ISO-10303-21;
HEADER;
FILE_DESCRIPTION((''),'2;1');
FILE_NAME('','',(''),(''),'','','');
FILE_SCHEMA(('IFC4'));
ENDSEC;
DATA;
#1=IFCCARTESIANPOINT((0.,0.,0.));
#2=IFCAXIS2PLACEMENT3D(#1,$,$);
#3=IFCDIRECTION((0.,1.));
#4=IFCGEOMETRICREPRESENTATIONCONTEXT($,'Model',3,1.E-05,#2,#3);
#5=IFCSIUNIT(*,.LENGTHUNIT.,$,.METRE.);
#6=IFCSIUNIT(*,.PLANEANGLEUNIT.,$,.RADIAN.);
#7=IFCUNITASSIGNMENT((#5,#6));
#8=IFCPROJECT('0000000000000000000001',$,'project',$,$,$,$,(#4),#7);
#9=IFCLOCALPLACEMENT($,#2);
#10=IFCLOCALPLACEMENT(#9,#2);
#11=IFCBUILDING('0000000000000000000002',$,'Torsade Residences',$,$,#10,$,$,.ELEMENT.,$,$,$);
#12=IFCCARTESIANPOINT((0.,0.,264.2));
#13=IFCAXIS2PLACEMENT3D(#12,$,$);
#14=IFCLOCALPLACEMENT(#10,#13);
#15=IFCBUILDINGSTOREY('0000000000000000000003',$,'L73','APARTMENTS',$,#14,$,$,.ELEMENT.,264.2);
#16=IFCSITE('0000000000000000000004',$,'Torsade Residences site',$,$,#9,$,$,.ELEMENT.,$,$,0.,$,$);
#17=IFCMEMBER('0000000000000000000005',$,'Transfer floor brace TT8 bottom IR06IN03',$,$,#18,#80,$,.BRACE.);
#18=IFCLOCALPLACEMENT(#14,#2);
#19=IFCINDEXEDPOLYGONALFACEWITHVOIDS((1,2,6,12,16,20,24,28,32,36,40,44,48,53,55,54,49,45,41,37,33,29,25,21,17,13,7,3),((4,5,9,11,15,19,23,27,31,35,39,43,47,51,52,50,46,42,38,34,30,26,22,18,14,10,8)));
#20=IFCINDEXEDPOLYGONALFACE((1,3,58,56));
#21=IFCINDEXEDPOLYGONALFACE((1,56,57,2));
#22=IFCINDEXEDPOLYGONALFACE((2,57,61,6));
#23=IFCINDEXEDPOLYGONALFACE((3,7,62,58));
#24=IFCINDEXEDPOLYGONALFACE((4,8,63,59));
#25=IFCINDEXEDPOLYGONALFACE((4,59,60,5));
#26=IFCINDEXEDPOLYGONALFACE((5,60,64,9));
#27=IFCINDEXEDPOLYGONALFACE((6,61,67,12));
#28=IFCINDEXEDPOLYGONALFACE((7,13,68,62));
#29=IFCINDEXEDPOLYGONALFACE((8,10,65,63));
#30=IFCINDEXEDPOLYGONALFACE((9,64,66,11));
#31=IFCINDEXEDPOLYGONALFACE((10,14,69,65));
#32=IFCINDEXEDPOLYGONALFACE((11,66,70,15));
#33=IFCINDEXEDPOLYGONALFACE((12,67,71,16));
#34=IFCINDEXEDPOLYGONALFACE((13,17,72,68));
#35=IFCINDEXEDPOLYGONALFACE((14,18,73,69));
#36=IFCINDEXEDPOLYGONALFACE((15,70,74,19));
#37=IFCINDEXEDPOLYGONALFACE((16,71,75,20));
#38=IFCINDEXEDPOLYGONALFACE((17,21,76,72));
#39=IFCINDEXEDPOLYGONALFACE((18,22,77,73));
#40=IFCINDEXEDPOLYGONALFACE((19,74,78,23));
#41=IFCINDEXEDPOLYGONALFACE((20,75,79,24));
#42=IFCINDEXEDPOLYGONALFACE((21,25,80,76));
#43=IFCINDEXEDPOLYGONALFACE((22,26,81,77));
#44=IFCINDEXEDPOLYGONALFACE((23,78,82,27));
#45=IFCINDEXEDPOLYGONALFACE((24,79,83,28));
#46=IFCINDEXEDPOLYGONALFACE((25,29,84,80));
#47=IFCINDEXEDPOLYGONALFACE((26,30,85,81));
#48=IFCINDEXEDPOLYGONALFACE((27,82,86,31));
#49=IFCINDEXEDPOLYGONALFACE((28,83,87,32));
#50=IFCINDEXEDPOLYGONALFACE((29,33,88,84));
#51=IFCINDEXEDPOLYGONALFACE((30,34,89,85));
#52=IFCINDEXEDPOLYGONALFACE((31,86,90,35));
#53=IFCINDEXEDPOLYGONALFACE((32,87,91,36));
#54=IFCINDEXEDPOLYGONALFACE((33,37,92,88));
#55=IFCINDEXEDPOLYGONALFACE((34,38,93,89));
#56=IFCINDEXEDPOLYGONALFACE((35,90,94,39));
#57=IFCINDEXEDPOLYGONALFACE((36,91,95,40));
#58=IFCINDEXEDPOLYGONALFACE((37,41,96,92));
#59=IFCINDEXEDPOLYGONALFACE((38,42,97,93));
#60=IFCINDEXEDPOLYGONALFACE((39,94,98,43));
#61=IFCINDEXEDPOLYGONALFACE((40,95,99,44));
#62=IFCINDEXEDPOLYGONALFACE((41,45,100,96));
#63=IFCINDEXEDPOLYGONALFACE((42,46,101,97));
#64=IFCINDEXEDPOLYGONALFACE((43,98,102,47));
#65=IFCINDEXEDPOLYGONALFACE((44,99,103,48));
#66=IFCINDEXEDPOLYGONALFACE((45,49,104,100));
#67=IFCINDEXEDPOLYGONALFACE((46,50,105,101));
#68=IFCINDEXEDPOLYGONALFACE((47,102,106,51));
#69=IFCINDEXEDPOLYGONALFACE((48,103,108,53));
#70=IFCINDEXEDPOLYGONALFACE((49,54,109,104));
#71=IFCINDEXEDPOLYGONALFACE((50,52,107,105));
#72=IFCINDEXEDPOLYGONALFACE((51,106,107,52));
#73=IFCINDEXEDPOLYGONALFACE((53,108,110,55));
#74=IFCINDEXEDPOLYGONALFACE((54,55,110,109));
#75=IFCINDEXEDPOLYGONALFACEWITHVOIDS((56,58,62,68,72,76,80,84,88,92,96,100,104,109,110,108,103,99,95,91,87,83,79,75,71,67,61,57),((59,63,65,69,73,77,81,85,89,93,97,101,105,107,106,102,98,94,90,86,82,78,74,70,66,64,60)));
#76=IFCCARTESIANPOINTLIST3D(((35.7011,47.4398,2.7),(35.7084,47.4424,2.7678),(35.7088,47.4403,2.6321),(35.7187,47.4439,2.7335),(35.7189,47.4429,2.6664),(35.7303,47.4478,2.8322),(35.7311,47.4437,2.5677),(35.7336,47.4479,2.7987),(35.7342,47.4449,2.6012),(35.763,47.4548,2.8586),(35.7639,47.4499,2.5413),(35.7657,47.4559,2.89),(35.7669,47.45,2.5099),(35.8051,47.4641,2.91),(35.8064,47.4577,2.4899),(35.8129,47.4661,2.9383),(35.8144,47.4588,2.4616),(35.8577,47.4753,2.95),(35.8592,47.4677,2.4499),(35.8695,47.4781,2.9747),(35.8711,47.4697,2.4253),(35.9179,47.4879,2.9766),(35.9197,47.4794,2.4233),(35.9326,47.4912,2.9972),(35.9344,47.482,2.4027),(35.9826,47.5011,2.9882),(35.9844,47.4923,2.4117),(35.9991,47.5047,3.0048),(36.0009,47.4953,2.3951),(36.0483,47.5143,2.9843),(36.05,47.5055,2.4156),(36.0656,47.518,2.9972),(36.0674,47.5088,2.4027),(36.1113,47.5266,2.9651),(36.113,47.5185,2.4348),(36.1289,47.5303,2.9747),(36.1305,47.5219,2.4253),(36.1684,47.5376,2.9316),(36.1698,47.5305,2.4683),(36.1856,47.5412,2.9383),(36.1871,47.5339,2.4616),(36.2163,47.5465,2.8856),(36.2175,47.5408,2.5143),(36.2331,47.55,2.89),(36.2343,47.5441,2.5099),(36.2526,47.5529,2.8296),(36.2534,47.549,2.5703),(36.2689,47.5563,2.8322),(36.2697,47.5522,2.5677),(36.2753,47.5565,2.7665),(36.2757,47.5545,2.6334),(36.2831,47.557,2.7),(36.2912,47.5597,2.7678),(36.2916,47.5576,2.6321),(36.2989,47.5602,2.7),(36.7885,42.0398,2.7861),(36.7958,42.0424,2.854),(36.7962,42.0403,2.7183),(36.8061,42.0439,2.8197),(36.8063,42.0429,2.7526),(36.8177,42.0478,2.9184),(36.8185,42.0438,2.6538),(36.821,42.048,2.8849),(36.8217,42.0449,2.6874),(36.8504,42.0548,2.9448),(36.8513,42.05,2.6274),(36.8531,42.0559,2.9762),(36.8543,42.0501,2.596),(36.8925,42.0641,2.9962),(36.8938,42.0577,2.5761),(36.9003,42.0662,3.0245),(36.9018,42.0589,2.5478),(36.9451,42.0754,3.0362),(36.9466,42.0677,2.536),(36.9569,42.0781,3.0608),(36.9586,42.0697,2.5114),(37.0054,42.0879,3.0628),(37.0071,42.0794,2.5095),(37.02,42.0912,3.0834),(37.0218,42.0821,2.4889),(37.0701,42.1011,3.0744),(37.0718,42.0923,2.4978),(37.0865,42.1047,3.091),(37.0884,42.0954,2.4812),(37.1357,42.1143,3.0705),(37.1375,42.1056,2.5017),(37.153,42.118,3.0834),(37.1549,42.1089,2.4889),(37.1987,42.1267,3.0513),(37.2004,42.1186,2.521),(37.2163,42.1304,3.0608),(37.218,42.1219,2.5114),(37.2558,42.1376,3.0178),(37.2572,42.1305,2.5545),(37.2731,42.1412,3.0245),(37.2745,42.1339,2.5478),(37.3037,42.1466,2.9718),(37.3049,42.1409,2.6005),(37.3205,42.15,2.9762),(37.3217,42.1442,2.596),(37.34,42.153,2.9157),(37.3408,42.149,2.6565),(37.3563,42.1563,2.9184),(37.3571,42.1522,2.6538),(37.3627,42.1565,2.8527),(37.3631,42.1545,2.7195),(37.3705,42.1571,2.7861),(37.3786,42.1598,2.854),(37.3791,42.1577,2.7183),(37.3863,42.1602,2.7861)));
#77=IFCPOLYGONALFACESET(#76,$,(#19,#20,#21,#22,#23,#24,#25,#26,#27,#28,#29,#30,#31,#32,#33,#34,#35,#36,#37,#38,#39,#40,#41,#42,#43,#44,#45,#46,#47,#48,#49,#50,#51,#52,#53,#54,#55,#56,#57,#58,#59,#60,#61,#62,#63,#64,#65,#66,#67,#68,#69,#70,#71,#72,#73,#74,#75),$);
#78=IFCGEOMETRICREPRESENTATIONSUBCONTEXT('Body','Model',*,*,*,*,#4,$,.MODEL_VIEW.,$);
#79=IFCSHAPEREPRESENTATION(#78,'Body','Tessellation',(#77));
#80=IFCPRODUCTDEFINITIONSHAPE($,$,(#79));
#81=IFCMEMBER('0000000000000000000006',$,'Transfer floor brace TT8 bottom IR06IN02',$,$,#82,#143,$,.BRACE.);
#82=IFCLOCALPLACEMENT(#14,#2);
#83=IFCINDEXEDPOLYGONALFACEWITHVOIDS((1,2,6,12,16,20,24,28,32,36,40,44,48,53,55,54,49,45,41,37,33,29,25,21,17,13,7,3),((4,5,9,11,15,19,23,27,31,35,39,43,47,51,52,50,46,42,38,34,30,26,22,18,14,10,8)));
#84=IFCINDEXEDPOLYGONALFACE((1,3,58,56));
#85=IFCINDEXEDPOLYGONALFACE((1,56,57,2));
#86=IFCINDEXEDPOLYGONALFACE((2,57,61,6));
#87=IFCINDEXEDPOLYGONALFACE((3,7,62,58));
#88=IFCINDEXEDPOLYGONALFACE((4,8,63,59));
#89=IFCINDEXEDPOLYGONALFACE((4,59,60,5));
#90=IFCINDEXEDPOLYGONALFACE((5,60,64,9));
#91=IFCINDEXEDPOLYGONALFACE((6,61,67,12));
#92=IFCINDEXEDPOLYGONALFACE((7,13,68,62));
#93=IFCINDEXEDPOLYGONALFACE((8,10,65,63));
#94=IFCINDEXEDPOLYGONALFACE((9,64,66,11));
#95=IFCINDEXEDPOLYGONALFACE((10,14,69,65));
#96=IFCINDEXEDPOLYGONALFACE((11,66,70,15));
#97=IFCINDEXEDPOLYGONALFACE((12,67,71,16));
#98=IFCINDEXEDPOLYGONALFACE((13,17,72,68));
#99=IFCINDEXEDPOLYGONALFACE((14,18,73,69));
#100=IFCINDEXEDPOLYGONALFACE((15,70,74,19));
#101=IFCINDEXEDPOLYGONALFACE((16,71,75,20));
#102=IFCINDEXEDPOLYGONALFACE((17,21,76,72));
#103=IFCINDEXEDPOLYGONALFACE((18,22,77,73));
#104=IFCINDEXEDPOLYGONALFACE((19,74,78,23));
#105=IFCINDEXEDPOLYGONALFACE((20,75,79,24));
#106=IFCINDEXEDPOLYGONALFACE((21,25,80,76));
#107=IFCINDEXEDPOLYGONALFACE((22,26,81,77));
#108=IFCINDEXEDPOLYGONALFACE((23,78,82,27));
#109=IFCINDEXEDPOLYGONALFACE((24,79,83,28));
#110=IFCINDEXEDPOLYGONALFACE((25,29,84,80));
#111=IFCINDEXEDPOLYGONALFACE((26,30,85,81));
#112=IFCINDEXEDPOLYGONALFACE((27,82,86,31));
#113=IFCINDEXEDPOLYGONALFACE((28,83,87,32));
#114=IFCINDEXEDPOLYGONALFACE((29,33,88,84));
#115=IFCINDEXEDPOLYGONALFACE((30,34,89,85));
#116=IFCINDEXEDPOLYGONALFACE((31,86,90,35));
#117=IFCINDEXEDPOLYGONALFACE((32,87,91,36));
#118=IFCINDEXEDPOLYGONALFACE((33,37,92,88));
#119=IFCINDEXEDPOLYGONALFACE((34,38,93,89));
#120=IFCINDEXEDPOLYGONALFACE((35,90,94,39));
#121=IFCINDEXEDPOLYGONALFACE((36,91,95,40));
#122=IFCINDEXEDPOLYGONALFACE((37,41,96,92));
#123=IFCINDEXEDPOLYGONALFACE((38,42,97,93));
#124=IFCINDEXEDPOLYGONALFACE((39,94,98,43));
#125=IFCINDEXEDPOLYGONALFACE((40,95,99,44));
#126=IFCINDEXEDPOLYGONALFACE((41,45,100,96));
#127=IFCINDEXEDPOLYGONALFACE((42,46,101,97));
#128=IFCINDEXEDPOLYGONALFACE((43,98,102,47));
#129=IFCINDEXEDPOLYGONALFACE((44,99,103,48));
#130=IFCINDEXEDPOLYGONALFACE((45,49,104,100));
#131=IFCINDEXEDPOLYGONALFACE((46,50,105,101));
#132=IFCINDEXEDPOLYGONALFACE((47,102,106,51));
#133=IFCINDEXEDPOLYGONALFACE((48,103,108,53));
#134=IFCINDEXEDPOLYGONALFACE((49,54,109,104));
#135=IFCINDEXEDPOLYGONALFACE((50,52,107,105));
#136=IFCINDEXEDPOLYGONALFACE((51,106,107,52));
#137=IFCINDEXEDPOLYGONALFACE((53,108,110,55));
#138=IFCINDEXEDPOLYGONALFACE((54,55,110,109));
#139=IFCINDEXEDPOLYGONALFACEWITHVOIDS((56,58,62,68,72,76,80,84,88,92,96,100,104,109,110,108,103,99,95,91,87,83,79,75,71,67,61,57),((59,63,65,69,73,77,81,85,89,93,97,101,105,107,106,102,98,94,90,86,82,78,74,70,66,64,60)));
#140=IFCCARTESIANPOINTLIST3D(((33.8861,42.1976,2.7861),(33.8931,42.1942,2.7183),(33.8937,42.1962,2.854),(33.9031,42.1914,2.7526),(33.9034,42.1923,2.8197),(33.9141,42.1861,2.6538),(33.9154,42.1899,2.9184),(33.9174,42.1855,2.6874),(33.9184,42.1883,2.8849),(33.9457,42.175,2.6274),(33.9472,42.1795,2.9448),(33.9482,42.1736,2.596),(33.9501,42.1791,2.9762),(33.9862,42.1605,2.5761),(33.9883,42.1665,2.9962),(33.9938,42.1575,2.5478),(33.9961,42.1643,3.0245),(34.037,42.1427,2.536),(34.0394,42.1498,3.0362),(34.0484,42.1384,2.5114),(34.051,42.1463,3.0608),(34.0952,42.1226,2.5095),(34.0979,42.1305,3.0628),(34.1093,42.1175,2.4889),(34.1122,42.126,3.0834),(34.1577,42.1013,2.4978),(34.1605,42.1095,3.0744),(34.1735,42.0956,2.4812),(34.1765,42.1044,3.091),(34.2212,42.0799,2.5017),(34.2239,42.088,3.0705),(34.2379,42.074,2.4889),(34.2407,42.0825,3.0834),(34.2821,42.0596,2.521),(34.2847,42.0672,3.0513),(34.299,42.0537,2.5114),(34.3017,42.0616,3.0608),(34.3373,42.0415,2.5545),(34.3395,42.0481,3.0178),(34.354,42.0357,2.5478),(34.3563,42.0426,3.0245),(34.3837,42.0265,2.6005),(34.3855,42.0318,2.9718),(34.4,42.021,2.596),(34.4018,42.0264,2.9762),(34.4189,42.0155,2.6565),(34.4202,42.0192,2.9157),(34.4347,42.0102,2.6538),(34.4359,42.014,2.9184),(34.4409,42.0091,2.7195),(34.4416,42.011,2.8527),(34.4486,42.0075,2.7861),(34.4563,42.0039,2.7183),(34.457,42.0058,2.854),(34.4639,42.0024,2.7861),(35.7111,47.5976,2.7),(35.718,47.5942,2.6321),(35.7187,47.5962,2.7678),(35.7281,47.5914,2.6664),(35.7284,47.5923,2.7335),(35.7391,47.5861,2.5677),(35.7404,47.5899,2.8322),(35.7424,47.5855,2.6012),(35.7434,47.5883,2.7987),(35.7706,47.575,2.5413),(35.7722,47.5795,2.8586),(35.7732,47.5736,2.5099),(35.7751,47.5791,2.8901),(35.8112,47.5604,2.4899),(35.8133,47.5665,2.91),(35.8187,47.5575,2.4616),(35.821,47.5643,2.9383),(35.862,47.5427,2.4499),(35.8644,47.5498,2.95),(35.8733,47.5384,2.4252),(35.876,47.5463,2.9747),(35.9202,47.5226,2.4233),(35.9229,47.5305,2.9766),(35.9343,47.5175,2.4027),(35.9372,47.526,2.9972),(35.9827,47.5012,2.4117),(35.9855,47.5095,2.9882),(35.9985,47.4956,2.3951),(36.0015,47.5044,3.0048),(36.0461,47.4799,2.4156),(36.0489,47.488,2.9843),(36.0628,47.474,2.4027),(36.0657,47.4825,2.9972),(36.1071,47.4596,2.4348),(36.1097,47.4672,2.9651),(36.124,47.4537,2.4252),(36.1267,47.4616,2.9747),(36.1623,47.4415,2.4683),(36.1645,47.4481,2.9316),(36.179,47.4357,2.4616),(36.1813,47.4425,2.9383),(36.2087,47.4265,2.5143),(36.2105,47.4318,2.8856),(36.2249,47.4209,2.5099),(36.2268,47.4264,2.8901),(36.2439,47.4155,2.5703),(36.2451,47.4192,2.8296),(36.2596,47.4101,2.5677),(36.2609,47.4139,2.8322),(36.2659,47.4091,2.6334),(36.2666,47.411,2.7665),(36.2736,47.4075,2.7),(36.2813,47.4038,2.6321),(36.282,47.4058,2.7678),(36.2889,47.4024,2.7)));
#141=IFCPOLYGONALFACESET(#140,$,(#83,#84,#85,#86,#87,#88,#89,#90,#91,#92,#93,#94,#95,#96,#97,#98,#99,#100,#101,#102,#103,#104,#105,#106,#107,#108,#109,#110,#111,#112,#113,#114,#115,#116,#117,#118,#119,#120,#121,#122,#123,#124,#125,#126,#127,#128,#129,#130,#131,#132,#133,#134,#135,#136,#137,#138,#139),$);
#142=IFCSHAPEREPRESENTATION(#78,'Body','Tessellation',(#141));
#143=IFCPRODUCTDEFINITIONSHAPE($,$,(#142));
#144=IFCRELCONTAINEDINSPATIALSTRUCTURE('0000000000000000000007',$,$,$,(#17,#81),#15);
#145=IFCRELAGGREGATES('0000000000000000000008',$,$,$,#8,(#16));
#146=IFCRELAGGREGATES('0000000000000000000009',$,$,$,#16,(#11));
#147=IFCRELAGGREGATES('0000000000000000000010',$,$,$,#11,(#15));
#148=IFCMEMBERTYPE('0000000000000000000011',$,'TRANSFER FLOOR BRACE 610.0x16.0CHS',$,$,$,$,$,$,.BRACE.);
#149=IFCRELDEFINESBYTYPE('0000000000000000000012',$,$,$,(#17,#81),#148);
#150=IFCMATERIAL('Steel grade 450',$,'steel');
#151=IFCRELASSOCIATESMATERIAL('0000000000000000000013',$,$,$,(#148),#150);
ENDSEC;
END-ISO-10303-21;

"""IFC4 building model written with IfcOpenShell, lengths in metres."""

from ifc_helpers import new_model, si_unit, direction, frame, origin, origin_2d, place, context, subcontext, project, spatial, hollow_circle, extrude, material, material_profile, profile_set, type_object, element, save


model = new_model("IFC4")

# Units and contexts
model_context = context("Model", 3, precision=1e-05, world=origin(), true_north=direction((0.0, 1.0)))
body_context = subcontext(model_context, "Body", "Model", "MODEL_VIEW")
ifc_project = project(units=[si_unit("LENGTHUNIT", "METRE"), si_unit("PLANEANGLEUNIT", "RADIAN")], contexts=[model_context])

# Site, building, storey
site_placement = place(None, origin())
site = spatial("IfcSite", under=ifc_project, at=site_placement, Name="Torsade Residences site", CompositionType="ELEMENT", RefElevation=0.0)
building_placement = place(site_placement, origin())
building = spatial("IfcBuilding", under=site, at=building_placement, Name="Torsade Residences", CompositionType="ELEMENT")
storey_placement = place(building_placement, frame((0.0, 0.0, 264.2)))
storey = spatial("IfcBuildingStorey", under=building, at=storey_placement, Name="L73", Description="APARTMENTS", CompositionType="ELEMENT", Elevation=264.2)

# Members
ifc_material_1 = material(Name="Steel grade 450", Category="steel")
ifc_material_profile_1 = material_profile(ifc_material_1, hollow_circle(Radius=0.3049, WallThickness=0.0161, at=origin_2d()), Name="610.0x16.0CHS")
ifc_profile_set_1 = profile_set([ifc_material_profile_1], Name="Steel grade 450")
member_type_1 = type_object("IfcMemberType", Name="TRANSFER FLOOR BRACE 610.0x16.0CHS", PredefinedType="BRACE", material=ifc_profile_set_1)
member_1_placement = place(storey_placement, frame((36.0, 47.5, 2.7), z_axis=(0.197387, -0.980201, 0.015644), x_axis=(0.980321, 0.197412, 0.0)))
element("IfcMember", 1, at=member_1_placement, inside=storey, type_object=member_type_1, Name="Transfer floor brace TT8 bottom IR06IN03", PredefinedType="BRACE", context=body_context, shape_type="SweptSolid", body=[
    extrude(hollow_circle(Radius=0.3049, WallThickness=0.0161, at=origin_2d()), origin(), (0.0, 0.0, 1.0), 5.509),
])
member_2_placement = place(storey_placement, frame((36.0, 47.5, 2.7), z_axis=(-0.320133, -0.947252, 0.015118), x_axis=(0.94736, -0.32017, 0.0)))
element("IfcMember", 2, at=member_2_placement, inside=storey, type_object=member_type_1, Name="Transfer floor brace TT8 bottom IR06IN02", PredefinedType="BRACE", context=body_context, shape_type="SweptSolid", body=[
    extrude(hollow_circle(Radius=0.3049, WallThickness=0.0161, at=origin_2d()), origin(), (0.0, 0.0, 1.0), 5.7007),
])

save(model, "model.ifc")
